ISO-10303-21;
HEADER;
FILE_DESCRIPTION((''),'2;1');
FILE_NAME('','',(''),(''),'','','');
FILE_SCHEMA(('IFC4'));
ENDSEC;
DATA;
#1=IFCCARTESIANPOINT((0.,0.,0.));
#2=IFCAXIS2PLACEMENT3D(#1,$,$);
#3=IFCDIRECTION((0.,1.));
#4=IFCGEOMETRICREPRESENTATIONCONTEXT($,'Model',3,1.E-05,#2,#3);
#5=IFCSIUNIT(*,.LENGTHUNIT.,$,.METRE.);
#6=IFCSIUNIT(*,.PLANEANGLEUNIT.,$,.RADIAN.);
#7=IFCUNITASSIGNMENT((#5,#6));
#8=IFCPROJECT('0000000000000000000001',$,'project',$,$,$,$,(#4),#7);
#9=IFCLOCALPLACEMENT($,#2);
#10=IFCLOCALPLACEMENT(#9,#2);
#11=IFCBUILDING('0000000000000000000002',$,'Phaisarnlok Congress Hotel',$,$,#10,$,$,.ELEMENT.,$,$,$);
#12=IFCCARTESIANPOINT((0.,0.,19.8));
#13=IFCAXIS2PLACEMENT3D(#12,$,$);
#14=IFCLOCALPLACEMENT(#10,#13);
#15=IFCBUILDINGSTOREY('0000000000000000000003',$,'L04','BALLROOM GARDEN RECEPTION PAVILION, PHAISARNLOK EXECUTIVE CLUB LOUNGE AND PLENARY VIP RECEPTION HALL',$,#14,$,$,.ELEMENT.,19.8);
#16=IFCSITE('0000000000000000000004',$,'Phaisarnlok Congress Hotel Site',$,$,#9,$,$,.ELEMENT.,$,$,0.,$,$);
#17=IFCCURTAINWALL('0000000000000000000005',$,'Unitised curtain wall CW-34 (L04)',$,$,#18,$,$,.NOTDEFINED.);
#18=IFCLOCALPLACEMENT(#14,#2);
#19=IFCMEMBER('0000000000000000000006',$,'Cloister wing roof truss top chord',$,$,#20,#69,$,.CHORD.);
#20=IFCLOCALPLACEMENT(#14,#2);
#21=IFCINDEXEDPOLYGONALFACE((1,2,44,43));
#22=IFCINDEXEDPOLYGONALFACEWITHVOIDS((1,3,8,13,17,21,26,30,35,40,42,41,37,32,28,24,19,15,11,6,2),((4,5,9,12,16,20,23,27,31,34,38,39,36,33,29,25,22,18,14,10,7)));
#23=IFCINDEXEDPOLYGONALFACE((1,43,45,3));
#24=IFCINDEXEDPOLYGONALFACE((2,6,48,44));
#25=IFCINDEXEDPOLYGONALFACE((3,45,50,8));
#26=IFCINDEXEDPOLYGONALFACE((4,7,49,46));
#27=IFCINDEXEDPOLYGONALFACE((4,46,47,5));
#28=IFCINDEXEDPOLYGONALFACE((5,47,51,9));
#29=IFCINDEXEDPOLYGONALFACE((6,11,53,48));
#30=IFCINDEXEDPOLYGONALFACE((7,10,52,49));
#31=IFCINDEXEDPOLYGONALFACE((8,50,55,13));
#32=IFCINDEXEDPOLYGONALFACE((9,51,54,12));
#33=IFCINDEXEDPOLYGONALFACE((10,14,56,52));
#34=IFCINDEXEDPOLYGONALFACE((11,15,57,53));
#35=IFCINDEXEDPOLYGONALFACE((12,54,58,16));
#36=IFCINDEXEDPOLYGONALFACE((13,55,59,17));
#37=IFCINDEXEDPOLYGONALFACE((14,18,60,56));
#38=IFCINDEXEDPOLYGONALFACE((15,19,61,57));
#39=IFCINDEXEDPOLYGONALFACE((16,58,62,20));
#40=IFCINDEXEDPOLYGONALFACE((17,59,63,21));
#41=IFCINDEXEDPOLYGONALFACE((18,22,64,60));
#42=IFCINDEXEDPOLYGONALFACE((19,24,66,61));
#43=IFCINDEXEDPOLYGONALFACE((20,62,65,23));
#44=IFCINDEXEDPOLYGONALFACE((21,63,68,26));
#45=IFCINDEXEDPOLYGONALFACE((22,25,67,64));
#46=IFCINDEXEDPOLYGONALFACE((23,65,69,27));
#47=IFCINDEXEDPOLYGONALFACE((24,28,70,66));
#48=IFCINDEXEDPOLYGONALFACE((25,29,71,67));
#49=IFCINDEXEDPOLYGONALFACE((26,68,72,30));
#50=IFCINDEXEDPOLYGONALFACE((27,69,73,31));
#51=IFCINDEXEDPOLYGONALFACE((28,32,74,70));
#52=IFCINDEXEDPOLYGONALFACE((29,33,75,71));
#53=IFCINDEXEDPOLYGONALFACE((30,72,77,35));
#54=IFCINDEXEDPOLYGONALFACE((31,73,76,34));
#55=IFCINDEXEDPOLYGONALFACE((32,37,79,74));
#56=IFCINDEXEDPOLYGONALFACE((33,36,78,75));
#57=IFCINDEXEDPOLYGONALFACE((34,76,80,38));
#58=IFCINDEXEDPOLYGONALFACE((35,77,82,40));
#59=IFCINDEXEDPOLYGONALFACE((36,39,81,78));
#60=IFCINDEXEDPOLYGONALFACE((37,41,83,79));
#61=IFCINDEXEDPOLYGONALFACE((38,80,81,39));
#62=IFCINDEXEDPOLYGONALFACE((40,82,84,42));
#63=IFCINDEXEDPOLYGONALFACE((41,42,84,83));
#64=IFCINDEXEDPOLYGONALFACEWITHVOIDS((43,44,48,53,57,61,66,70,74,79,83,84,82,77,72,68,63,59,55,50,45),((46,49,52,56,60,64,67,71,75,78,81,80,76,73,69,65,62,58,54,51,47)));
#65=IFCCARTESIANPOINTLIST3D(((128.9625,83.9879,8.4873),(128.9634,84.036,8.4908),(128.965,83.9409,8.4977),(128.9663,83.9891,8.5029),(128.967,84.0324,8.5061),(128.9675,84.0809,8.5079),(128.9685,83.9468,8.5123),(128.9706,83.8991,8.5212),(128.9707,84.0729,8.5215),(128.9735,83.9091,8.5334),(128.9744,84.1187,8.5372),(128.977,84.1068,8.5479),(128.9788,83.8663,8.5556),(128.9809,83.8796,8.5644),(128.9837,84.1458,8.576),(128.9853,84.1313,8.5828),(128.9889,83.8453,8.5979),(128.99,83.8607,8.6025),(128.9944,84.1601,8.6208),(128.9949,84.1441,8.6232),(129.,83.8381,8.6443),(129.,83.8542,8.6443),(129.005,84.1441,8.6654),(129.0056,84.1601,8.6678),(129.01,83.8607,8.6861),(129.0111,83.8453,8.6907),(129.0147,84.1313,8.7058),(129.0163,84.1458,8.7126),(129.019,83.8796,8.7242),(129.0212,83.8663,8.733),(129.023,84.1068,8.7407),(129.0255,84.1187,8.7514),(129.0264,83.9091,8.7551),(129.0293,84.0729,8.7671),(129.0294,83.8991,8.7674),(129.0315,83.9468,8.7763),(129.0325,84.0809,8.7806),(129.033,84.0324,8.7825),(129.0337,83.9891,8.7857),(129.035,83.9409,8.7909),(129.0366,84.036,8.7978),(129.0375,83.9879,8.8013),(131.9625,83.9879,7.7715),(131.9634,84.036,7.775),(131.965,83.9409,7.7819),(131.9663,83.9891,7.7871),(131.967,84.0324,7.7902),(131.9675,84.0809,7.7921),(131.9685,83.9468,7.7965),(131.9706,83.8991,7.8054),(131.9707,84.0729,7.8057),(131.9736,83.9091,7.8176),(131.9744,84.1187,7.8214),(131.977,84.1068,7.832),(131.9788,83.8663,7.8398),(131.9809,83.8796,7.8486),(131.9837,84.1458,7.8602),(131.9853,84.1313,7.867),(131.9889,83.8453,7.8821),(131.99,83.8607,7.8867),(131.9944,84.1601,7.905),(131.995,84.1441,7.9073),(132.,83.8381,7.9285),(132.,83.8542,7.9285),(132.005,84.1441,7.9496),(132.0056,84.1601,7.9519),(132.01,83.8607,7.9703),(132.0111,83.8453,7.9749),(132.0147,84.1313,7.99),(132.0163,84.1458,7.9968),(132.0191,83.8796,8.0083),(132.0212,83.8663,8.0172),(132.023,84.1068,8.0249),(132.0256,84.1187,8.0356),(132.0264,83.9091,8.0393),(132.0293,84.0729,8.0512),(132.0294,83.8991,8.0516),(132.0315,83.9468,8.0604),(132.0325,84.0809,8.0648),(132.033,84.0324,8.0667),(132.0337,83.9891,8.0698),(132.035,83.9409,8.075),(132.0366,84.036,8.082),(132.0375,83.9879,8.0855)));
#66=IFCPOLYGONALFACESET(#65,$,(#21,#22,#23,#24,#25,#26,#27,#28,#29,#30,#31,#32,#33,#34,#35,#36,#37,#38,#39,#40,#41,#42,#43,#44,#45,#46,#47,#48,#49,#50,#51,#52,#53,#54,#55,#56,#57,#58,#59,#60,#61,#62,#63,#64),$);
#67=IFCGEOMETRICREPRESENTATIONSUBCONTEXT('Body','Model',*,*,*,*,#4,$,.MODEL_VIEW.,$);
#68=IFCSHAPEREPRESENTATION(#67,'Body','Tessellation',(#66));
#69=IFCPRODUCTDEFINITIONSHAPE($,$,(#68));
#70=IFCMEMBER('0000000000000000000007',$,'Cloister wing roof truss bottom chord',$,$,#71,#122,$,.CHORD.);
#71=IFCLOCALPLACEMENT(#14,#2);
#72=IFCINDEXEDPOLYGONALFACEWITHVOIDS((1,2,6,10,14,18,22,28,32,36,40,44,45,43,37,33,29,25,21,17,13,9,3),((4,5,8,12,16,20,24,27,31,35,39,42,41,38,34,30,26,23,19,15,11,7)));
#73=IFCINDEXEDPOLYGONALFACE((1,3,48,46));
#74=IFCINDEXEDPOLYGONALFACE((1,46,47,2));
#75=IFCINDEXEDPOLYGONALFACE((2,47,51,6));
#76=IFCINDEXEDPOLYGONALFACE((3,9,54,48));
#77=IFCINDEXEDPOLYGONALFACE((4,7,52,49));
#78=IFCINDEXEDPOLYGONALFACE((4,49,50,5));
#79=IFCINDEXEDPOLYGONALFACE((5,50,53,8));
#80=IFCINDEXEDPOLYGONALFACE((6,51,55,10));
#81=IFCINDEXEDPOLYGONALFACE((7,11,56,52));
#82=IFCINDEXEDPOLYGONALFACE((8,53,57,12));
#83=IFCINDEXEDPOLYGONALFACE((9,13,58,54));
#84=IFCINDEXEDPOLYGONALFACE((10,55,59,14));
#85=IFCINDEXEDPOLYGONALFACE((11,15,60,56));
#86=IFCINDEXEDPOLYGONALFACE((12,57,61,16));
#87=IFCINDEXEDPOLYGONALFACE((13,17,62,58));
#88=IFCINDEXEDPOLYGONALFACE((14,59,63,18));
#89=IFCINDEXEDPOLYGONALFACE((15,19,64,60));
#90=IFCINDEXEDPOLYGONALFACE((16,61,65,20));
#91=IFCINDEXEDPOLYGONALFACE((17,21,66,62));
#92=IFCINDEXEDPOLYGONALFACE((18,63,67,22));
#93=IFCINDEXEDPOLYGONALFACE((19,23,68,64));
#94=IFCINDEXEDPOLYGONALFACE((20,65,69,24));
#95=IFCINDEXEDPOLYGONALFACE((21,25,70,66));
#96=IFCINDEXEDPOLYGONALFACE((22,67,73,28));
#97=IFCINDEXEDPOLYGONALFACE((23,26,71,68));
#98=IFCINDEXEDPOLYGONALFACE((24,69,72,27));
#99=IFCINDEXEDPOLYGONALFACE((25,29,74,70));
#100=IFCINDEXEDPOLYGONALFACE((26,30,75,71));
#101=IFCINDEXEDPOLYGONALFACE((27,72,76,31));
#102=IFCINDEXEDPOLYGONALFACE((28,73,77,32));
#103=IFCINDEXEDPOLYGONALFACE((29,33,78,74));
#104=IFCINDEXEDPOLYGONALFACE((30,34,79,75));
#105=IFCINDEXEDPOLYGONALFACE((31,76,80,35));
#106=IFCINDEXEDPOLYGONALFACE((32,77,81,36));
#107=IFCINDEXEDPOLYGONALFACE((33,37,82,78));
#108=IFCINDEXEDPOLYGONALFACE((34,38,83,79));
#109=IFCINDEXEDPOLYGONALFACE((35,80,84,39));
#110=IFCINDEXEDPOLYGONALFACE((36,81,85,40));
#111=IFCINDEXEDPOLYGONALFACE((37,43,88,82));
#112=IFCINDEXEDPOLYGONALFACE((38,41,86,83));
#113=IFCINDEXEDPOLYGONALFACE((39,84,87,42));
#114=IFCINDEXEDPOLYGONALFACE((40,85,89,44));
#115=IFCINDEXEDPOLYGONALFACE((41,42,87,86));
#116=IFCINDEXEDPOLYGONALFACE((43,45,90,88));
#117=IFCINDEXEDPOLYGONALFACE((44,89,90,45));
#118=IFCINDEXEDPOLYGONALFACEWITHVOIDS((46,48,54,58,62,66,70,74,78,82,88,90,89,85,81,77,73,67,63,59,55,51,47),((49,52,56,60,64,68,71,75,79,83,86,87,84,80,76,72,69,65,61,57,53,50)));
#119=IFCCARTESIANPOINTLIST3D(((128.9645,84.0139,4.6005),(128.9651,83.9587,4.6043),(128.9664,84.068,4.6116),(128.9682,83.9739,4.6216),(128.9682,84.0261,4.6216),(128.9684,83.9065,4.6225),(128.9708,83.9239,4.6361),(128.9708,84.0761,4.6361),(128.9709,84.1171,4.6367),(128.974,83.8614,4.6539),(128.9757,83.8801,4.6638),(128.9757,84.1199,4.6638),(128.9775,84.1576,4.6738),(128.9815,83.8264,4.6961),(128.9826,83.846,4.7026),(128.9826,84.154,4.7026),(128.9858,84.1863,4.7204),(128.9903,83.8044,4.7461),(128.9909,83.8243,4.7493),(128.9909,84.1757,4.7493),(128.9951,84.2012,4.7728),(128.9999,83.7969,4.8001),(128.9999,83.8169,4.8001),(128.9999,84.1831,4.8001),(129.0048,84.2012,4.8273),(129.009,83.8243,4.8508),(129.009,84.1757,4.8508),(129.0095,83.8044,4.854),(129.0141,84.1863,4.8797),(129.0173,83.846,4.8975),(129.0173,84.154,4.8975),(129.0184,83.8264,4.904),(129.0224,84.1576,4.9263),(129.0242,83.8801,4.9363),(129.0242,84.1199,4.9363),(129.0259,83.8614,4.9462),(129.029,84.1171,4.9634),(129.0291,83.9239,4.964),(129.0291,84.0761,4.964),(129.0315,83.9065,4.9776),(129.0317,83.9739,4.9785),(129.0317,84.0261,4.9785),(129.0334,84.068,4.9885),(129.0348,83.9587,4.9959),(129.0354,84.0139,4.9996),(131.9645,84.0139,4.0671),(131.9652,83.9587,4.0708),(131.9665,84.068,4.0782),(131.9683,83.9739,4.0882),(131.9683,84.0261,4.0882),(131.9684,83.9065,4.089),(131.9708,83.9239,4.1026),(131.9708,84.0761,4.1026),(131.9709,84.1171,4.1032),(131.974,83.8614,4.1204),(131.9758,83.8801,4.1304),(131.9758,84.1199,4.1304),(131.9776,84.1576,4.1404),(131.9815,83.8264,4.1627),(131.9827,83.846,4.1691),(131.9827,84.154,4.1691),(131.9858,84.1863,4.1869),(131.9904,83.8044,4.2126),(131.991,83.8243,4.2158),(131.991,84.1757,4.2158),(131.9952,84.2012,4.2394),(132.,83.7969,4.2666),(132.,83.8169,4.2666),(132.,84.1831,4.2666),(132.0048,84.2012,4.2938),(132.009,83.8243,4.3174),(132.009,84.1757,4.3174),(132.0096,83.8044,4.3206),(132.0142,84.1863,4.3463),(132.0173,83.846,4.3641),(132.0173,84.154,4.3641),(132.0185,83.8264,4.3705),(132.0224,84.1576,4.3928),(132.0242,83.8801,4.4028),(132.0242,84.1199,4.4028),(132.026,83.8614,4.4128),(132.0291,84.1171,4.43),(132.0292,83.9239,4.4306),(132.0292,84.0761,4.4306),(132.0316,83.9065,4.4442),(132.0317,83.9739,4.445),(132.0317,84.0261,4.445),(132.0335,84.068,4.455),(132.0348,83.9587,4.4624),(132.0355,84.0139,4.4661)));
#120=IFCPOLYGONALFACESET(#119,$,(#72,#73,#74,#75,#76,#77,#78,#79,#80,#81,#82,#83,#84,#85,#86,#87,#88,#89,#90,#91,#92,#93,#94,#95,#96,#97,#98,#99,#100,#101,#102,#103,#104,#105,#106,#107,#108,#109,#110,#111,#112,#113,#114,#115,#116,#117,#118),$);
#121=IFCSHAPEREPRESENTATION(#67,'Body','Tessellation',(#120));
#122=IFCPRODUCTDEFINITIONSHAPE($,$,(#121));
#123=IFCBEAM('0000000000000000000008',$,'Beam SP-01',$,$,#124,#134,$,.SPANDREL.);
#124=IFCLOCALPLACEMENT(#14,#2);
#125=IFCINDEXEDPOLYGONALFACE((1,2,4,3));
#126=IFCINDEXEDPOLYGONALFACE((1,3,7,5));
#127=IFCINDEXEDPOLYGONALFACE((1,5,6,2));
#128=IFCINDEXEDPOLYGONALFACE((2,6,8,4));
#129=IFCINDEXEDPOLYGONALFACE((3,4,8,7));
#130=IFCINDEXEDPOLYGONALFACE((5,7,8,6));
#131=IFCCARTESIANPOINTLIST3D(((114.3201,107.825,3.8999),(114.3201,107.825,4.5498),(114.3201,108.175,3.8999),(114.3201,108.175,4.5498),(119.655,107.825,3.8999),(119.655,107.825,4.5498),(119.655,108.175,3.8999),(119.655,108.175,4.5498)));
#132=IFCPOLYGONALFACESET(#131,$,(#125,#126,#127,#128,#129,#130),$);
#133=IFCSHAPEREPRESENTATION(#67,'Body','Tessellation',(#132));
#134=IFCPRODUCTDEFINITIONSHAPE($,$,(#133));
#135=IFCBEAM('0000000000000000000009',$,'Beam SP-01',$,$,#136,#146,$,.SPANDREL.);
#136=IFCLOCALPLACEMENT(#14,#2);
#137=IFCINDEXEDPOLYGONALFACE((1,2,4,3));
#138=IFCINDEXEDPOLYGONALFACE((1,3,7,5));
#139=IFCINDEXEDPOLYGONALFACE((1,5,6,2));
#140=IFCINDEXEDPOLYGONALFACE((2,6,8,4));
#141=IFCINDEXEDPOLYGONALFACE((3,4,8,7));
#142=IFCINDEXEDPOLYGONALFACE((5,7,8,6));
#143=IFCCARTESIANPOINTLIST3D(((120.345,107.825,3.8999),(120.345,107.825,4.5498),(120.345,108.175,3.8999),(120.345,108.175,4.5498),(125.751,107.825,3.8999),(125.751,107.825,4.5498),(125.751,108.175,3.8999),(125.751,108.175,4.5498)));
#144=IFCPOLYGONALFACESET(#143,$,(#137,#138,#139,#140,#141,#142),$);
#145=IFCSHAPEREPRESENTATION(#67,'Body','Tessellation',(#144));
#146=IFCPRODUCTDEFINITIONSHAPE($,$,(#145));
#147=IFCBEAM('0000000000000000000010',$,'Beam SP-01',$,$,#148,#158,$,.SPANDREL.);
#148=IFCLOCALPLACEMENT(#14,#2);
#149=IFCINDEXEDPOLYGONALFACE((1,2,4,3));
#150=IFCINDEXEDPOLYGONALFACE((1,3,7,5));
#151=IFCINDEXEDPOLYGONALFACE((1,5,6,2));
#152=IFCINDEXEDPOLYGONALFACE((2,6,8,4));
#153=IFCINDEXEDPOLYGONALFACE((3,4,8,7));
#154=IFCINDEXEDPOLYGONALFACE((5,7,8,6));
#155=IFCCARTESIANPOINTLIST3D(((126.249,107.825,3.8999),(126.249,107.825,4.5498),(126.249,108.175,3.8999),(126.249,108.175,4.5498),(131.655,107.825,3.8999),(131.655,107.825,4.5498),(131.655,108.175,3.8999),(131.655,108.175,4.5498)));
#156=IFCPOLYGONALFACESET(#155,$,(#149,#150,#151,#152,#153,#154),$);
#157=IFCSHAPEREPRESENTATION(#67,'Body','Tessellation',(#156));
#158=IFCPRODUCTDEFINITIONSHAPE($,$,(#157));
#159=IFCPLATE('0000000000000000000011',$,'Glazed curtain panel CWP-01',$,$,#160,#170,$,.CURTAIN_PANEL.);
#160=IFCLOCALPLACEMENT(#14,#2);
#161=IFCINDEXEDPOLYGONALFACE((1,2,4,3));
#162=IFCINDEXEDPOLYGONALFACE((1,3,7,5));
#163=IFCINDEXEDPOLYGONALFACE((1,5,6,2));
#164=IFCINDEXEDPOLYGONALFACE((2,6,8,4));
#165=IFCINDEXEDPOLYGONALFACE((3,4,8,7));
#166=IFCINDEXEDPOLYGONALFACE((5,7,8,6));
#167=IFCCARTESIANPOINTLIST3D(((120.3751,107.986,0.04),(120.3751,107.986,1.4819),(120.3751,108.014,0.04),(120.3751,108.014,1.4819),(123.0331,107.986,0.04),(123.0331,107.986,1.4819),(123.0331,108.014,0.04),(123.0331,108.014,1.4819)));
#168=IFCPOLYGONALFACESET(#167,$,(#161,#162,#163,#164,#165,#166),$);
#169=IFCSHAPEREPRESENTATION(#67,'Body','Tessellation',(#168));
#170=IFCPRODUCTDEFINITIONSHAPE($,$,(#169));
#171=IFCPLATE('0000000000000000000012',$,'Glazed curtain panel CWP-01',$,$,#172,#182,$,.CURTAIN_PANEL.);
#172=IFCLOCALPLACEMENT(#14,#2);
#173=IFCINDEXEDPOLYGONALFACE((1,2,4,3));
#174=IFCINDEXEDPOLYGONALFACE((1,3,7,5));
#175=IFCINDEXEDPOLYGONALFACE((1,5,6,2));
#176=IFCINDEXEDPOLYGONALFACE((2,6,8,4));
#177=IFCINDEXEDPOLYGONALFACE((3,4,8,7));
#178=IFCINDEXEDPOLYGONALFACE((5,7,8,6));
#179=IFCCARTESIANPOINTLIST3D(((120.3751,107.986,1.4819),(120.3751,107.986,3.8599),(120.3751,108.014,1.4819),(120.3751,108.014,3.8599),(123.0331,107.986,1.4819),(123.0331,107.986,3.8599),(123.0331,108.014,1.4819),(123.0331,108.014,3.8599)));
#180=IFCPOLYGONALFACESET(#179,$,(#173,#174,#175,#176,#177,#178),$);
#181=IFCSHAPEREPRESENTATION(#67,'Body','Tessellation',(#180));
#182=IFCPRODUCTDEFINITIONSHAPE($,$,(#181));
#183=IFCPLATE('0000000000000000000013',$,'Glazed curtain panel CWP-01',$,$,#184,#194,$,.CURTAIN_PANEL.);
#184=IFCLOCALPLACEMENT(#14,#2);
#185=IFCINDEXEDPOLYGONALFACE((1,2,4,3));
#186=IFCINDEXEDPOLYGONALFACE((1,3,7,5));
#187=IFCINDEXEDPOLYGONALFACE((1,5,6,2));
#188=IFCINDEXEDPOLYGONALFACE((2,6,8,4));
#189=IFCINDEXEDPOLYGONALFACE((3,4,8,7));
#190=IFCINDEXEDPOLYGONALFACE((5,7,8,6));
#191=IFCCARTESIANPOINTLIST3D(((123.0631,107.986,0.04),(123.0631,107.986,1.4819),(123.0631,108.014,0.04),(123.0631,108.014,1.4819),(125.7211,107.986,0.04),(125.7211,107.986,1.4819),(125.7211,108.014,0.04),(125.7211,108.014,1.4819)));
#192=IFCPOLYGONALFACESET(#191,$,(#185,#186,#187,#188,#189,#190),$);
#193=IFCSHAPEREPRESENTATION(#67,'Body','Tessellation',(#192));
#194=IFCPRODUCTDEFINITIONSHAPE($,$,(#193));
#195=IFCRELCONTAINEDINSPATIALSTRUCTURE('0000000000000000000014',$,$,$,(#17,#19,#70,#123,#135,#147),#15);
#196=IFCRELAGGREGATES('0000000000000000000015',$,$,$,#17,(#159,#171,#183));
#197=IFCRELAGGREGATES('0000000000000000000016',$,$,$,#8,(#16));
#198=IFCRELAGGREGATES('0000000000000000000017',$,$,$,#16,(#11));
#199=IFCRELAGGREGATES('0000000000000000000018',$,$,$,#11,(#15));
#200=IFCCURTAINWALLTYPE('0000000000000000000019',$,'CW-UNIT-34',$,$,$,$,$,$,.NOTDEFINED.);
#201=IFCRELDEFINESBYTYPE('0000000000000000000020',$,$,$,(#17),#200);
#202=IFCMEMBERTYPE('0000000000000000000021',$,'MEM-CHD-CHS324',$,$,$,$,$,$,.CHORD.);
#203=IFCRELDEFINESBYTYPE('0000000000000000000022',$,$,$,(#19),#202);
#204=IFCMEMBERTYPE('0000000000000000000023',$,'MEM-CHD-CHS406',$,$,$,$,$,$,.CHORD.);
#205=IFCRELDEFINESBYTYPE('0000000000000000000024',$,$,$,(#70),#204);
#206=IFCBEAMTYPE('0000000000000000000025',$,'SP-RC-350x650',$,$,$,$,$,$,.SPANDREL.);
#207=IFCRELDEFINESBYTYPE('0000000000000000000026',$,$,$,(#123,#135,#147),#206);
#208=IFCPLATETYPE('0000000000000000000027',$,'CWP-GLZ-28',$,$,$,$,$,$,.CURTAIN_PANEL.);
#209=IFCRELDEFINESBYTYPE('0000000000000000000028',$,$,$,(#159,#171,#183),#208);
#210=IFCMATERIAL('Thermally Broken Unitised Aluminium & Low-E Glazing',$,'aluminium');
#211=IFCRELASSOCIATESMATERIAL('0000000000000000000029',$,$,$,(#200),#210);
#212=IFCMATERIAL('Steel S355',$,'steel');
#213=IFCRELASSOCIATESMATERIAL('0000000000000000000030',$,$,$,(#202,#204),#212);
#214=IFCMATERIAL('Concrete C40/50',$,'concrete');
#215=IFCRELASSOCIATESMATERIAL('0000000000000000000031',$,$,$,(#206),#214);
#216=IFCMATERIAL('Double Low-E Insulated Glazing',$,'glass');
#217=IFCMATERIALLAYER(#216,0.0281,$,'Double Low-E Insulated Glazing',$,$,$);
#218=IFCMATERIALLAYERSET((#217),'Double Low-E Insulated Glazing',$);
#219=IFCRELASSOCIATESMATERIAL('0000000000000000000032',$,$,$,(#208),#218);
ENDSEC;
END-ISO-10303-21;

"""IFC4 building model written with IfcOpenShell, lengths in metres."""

from ifc_helpers import new_model, si_unit, direction, frame, frame_2d, origin, origin_2d, place, context, subcontext, project, spatial, rectangle, hollow_circle, extrude, material, layer, layer_set, material_profile, profile_set, type_object, element, aggregate, save


model = new_model("IFC4")

# Units and contexts
model_context = context("Model", 3, precision=1e-05, world=origin(), true_north=direction((0.0, 1.0)))
body_context = subcontext(model_context, "Body", "Model", "MODEL_VIEW")
ifc_project = project(units=[si_unit("LENGTHUNIT", "METRE"), si_unit("PLANEANGLEUNIT", "RADIAN")], contexts=[model_context])

# Site, building, storey
site_placement = place(None, origin())
site = spatial("IfcSite", under=ifc_project, at=site_placement, Name="Phaisarnlok Congress Hotel Site", CompositionType="ELEMENT", RefElevation=0.0)
building_placement = place(site_placement, origin())
building = spatial("IfcBuilding", under=site, at=building_placement, Name="Phaisarnlok Congress Hotel", CompositionType="ELEMENT")
storey_placement = place(building_placement, frame((0.0, 0.0, 19.8)))
storey = spatial("IfcBuildingStorey", under=building, at=storey_placement, Name="L04", Description="BALLROOM GARDEN RECEPTION PAVILION, PHAISARNLOK EXECUTIVE CLUB LOUNGE AND PLENARY VIP RECEPTION HALL", CompositionType="ELEMENT", Elevation=19.8)

# Shared definitions
ifc_material_1 = material(Name="Steel S355", Category="steel")

# Curtain wall
ifc_material_2 = material(Name="Thermally Broken Unitised Aluminium & Low-E Glazing", Category="aluminium")
curtain_wall_type = type_object("IfcCurtainWallType", Name="CW-UNIT-34", PredefinedType="NOTDEFINED", material=ifc_material_2)
curtain_wall_placement = place(storey_placement, origin())
curtain_wall = element("IfcCurtainWall", 1, at=curtain_wall_placement, inside=storey, type_object=curtain_wall_type, Name="Unitised curtain wall CW-34 (L04)", PredefinedType="NOTDEFINED")

# Members
ifc_material_profile_1 = material_profile(ifc_material_1, hollow_circle(Radius=0.1619, WallThickness=0.0161, at=origin_2d()), Name="CHS 323.9x16")
ifc_profile_set_1 = profile_set([ifc_material_profile_1], Name="Steel S355")
member_type_1 = type_object("IfcMemberType", Name="MEM-CHD-CHS324", PredefinedType="CHORD", material=ifc_profile_set_1)
member_1_placement = place(storey_placement, frame((132.0, 84.0, 7.9285), z_axis=(-0.972694, 0.0, 0.232091), x_axis=(0.0, -1.0, 0.0)))
element("IfcMember", 2, at=member_1_placement, inside=storey, type_object=member_type_1, Name="Cloister wing roof truss top chord", PredefinedType="CHORD", context=body_context, shape_type="SweptSolid", body=[
    extrude(hollow_circle(Radius=0.1619, WallThickness=0.0161, at=origin_2d()), origin(), (0.0, 0.0, 1.0), 3.0842),
])
ifc_material_profile_2 = material_profile(ifc_material_1, hollow_circle(Radius=0.2031, WallThickness=0.02, at=origin_2d()), Name="CHS 406.4x20")
ifc_profile_set_2 = profile_set([ifc_material_profile_2], Name="Steel S355")
member_type_2 = type_object("IfcMemberType", Name="MEM-CHD-CHS406", PredefinedType="CHORD", material=ifc_profile_set_2)
member_2_placement = place(storey_placement, frame((132.0, 84.0, 4.2666), z_axis=(-0.984556, 0.0, 0.17507), x_axis=(0.0, -1.0, 0.0)))
element("IfcMember", 3, at=member_2_placement, inside=storey, type_object=member_type_2, Name="Cloister wing roof truss bottom chord", PredefinedType="CHORD", context=body_context, shape_type="SweptSolid", body=[
    extrude(hollow_circle(Radius=0.2031, WallThickness=0.02, at=origin_2d()), origin(), (0.0, 0.0, 1.0), 3.0471),
])

# Beams
ifc_material_3 = material(Name="Concrete C40/50", Category="concrete")
ifc_material_profile_3 = material_profile(ifc_material_3, rectangle(XDim=0.3501, YDim=0.6499, at=origin_2d()), Name="RC 350x650")
ifc_profile_set_3 = profile_set([ifc_material_profile_3], Name="Concrete C40/50")
beam_type = type_object("IfcBeamType", Name="SP-RC-350x650", PredefinedType="SPANDREL", material=ifc_profile_set_3)
beam_placement = place(storey_placement, frame((114.3201, 108.0, 4.2249), z_axis=(1.0, 0.0, 0.0), x_axis=(0.0, 1.0, 0.0)))
element("IfcBeam", 4, at=beam_placement, inside=storey, type_object=beam_type, Name="Beam SP-01", PredefinedType="SPANDREL", context=body_context, shape_type="SweptSolid", body=[
    extrude(rectangle(XDim=0.3501, YDim=0.6499, at=origin_2d()), origin(), (0.0, 0.0, 1.0), 5.335),
])
for number, where, z_axis, x_axis, name in (
    (5, (120.345, 108.0, 4.2249), (1.0, 0.0, 0.0), (0.0, 1.0, 0.0), "Beam SP-01"),
    (6, (126.249, 108.0, 4.2249), (1.0, 0.0, 0.0), (0.0, 1.0, 0.0), "Beam SP-01"),
):
    element("IfcBeam", number, at=place(storey_placement, frame(where, z_axis=z_axis, x_axis=x_axis)), inside=storey, type_object=beam_type, Name=name, PredefinedType="SPANDREL", context=body_context, shape_type="SweptSolid", body=[
        extrude(rectangle(XDim=0.3501, YDim=0.6499, at=origin_2d()), origin(), (0.0, 0.0, 1.0), 5.406),
    ])

# Plates
ifc_material_4 = material(Name="Double Low-E Insulated Glazing", Category="glass")
ifc_layer_1 = layer(ifc_material_4, 0.0281, Name="Double Low-E Insulated Glazing")
ifc_layer_set_1 = layer_set([ifc_layer_1], Name="Double Low-E Insulated Glazing")
plate_type_1 = type_object("IfcPlateType", Name="CWP-GLZ-28", PredefinedType="CURTAIN_PANEL", material=ifc_layer_set_1)
plate_1_placement = place(storey_placement, frame((120.375, 108.0, 0.04), z_axis=(0.0, 0.0, 1.0), x_axis=(1.0, 0.0, 0.0)))
plate_1 = element("IfcPlate", 7, at=plate_1_placement, type_object=plate_type_1, Name="Glazed curtain panel CWP-01", PredefinedType="CURTAIN_PANEL", context=body_context, shape_type="SweptSolid", body=[
    extrude(rectangle(XDim=2.658, YDim=0.0281, at=frame_2d((1.3291, 0.0))), origin(), (0.0, 0.0, 1.0), 1.4419),
])
plate_2_placement = place(storey_placement, frame((120.375, 108.0, 1.4819), z_axis=(0.0, 0.0, 1.0), x_axis=(1.0, 0.0, 0.0)))
plate_2 = element("IfcPlate", 8, at=plate_2_placement, type_object=plate_type_1, Name="Glazed curtain panel CWP-01", PredefinedType="CURTAIN_PANEL", context=body_context, shape_type="SweptSolid", body=[
    extrude(rectangle(XDim=2.658, YDim=0.0281, at=frame_2d((1.3291, 0.0))), origin(), (0.0, 0.0, 1.0), 2.3779),
])
plate_3_placement = place(storey_placement, frame((123.063, 108.0, 0.04), z_axis=(0.0, 0.0, 1.0), x_axis=(1.0, 0.0, 0.0)))
plate_3 = element("IfcPlate", 9, at=plate_3_placement, type_object=plate_type_1, Name="Glazed curtain panel CWP-01", PredefinedType="CURTAIN_PANEL", context=body_context, shape_type="SweptSolid", body=[
    extrude(rectangle(XDim=2.658, YDim=0.0281, at=frame_2d((1.3291, 0.0))), origin(), (0.0, 0.0, 1.0), 1.4419),
])
aggregate(curtain_wall, [plate_1, plate_2, plate_3])

save(model, "model.ifc")
